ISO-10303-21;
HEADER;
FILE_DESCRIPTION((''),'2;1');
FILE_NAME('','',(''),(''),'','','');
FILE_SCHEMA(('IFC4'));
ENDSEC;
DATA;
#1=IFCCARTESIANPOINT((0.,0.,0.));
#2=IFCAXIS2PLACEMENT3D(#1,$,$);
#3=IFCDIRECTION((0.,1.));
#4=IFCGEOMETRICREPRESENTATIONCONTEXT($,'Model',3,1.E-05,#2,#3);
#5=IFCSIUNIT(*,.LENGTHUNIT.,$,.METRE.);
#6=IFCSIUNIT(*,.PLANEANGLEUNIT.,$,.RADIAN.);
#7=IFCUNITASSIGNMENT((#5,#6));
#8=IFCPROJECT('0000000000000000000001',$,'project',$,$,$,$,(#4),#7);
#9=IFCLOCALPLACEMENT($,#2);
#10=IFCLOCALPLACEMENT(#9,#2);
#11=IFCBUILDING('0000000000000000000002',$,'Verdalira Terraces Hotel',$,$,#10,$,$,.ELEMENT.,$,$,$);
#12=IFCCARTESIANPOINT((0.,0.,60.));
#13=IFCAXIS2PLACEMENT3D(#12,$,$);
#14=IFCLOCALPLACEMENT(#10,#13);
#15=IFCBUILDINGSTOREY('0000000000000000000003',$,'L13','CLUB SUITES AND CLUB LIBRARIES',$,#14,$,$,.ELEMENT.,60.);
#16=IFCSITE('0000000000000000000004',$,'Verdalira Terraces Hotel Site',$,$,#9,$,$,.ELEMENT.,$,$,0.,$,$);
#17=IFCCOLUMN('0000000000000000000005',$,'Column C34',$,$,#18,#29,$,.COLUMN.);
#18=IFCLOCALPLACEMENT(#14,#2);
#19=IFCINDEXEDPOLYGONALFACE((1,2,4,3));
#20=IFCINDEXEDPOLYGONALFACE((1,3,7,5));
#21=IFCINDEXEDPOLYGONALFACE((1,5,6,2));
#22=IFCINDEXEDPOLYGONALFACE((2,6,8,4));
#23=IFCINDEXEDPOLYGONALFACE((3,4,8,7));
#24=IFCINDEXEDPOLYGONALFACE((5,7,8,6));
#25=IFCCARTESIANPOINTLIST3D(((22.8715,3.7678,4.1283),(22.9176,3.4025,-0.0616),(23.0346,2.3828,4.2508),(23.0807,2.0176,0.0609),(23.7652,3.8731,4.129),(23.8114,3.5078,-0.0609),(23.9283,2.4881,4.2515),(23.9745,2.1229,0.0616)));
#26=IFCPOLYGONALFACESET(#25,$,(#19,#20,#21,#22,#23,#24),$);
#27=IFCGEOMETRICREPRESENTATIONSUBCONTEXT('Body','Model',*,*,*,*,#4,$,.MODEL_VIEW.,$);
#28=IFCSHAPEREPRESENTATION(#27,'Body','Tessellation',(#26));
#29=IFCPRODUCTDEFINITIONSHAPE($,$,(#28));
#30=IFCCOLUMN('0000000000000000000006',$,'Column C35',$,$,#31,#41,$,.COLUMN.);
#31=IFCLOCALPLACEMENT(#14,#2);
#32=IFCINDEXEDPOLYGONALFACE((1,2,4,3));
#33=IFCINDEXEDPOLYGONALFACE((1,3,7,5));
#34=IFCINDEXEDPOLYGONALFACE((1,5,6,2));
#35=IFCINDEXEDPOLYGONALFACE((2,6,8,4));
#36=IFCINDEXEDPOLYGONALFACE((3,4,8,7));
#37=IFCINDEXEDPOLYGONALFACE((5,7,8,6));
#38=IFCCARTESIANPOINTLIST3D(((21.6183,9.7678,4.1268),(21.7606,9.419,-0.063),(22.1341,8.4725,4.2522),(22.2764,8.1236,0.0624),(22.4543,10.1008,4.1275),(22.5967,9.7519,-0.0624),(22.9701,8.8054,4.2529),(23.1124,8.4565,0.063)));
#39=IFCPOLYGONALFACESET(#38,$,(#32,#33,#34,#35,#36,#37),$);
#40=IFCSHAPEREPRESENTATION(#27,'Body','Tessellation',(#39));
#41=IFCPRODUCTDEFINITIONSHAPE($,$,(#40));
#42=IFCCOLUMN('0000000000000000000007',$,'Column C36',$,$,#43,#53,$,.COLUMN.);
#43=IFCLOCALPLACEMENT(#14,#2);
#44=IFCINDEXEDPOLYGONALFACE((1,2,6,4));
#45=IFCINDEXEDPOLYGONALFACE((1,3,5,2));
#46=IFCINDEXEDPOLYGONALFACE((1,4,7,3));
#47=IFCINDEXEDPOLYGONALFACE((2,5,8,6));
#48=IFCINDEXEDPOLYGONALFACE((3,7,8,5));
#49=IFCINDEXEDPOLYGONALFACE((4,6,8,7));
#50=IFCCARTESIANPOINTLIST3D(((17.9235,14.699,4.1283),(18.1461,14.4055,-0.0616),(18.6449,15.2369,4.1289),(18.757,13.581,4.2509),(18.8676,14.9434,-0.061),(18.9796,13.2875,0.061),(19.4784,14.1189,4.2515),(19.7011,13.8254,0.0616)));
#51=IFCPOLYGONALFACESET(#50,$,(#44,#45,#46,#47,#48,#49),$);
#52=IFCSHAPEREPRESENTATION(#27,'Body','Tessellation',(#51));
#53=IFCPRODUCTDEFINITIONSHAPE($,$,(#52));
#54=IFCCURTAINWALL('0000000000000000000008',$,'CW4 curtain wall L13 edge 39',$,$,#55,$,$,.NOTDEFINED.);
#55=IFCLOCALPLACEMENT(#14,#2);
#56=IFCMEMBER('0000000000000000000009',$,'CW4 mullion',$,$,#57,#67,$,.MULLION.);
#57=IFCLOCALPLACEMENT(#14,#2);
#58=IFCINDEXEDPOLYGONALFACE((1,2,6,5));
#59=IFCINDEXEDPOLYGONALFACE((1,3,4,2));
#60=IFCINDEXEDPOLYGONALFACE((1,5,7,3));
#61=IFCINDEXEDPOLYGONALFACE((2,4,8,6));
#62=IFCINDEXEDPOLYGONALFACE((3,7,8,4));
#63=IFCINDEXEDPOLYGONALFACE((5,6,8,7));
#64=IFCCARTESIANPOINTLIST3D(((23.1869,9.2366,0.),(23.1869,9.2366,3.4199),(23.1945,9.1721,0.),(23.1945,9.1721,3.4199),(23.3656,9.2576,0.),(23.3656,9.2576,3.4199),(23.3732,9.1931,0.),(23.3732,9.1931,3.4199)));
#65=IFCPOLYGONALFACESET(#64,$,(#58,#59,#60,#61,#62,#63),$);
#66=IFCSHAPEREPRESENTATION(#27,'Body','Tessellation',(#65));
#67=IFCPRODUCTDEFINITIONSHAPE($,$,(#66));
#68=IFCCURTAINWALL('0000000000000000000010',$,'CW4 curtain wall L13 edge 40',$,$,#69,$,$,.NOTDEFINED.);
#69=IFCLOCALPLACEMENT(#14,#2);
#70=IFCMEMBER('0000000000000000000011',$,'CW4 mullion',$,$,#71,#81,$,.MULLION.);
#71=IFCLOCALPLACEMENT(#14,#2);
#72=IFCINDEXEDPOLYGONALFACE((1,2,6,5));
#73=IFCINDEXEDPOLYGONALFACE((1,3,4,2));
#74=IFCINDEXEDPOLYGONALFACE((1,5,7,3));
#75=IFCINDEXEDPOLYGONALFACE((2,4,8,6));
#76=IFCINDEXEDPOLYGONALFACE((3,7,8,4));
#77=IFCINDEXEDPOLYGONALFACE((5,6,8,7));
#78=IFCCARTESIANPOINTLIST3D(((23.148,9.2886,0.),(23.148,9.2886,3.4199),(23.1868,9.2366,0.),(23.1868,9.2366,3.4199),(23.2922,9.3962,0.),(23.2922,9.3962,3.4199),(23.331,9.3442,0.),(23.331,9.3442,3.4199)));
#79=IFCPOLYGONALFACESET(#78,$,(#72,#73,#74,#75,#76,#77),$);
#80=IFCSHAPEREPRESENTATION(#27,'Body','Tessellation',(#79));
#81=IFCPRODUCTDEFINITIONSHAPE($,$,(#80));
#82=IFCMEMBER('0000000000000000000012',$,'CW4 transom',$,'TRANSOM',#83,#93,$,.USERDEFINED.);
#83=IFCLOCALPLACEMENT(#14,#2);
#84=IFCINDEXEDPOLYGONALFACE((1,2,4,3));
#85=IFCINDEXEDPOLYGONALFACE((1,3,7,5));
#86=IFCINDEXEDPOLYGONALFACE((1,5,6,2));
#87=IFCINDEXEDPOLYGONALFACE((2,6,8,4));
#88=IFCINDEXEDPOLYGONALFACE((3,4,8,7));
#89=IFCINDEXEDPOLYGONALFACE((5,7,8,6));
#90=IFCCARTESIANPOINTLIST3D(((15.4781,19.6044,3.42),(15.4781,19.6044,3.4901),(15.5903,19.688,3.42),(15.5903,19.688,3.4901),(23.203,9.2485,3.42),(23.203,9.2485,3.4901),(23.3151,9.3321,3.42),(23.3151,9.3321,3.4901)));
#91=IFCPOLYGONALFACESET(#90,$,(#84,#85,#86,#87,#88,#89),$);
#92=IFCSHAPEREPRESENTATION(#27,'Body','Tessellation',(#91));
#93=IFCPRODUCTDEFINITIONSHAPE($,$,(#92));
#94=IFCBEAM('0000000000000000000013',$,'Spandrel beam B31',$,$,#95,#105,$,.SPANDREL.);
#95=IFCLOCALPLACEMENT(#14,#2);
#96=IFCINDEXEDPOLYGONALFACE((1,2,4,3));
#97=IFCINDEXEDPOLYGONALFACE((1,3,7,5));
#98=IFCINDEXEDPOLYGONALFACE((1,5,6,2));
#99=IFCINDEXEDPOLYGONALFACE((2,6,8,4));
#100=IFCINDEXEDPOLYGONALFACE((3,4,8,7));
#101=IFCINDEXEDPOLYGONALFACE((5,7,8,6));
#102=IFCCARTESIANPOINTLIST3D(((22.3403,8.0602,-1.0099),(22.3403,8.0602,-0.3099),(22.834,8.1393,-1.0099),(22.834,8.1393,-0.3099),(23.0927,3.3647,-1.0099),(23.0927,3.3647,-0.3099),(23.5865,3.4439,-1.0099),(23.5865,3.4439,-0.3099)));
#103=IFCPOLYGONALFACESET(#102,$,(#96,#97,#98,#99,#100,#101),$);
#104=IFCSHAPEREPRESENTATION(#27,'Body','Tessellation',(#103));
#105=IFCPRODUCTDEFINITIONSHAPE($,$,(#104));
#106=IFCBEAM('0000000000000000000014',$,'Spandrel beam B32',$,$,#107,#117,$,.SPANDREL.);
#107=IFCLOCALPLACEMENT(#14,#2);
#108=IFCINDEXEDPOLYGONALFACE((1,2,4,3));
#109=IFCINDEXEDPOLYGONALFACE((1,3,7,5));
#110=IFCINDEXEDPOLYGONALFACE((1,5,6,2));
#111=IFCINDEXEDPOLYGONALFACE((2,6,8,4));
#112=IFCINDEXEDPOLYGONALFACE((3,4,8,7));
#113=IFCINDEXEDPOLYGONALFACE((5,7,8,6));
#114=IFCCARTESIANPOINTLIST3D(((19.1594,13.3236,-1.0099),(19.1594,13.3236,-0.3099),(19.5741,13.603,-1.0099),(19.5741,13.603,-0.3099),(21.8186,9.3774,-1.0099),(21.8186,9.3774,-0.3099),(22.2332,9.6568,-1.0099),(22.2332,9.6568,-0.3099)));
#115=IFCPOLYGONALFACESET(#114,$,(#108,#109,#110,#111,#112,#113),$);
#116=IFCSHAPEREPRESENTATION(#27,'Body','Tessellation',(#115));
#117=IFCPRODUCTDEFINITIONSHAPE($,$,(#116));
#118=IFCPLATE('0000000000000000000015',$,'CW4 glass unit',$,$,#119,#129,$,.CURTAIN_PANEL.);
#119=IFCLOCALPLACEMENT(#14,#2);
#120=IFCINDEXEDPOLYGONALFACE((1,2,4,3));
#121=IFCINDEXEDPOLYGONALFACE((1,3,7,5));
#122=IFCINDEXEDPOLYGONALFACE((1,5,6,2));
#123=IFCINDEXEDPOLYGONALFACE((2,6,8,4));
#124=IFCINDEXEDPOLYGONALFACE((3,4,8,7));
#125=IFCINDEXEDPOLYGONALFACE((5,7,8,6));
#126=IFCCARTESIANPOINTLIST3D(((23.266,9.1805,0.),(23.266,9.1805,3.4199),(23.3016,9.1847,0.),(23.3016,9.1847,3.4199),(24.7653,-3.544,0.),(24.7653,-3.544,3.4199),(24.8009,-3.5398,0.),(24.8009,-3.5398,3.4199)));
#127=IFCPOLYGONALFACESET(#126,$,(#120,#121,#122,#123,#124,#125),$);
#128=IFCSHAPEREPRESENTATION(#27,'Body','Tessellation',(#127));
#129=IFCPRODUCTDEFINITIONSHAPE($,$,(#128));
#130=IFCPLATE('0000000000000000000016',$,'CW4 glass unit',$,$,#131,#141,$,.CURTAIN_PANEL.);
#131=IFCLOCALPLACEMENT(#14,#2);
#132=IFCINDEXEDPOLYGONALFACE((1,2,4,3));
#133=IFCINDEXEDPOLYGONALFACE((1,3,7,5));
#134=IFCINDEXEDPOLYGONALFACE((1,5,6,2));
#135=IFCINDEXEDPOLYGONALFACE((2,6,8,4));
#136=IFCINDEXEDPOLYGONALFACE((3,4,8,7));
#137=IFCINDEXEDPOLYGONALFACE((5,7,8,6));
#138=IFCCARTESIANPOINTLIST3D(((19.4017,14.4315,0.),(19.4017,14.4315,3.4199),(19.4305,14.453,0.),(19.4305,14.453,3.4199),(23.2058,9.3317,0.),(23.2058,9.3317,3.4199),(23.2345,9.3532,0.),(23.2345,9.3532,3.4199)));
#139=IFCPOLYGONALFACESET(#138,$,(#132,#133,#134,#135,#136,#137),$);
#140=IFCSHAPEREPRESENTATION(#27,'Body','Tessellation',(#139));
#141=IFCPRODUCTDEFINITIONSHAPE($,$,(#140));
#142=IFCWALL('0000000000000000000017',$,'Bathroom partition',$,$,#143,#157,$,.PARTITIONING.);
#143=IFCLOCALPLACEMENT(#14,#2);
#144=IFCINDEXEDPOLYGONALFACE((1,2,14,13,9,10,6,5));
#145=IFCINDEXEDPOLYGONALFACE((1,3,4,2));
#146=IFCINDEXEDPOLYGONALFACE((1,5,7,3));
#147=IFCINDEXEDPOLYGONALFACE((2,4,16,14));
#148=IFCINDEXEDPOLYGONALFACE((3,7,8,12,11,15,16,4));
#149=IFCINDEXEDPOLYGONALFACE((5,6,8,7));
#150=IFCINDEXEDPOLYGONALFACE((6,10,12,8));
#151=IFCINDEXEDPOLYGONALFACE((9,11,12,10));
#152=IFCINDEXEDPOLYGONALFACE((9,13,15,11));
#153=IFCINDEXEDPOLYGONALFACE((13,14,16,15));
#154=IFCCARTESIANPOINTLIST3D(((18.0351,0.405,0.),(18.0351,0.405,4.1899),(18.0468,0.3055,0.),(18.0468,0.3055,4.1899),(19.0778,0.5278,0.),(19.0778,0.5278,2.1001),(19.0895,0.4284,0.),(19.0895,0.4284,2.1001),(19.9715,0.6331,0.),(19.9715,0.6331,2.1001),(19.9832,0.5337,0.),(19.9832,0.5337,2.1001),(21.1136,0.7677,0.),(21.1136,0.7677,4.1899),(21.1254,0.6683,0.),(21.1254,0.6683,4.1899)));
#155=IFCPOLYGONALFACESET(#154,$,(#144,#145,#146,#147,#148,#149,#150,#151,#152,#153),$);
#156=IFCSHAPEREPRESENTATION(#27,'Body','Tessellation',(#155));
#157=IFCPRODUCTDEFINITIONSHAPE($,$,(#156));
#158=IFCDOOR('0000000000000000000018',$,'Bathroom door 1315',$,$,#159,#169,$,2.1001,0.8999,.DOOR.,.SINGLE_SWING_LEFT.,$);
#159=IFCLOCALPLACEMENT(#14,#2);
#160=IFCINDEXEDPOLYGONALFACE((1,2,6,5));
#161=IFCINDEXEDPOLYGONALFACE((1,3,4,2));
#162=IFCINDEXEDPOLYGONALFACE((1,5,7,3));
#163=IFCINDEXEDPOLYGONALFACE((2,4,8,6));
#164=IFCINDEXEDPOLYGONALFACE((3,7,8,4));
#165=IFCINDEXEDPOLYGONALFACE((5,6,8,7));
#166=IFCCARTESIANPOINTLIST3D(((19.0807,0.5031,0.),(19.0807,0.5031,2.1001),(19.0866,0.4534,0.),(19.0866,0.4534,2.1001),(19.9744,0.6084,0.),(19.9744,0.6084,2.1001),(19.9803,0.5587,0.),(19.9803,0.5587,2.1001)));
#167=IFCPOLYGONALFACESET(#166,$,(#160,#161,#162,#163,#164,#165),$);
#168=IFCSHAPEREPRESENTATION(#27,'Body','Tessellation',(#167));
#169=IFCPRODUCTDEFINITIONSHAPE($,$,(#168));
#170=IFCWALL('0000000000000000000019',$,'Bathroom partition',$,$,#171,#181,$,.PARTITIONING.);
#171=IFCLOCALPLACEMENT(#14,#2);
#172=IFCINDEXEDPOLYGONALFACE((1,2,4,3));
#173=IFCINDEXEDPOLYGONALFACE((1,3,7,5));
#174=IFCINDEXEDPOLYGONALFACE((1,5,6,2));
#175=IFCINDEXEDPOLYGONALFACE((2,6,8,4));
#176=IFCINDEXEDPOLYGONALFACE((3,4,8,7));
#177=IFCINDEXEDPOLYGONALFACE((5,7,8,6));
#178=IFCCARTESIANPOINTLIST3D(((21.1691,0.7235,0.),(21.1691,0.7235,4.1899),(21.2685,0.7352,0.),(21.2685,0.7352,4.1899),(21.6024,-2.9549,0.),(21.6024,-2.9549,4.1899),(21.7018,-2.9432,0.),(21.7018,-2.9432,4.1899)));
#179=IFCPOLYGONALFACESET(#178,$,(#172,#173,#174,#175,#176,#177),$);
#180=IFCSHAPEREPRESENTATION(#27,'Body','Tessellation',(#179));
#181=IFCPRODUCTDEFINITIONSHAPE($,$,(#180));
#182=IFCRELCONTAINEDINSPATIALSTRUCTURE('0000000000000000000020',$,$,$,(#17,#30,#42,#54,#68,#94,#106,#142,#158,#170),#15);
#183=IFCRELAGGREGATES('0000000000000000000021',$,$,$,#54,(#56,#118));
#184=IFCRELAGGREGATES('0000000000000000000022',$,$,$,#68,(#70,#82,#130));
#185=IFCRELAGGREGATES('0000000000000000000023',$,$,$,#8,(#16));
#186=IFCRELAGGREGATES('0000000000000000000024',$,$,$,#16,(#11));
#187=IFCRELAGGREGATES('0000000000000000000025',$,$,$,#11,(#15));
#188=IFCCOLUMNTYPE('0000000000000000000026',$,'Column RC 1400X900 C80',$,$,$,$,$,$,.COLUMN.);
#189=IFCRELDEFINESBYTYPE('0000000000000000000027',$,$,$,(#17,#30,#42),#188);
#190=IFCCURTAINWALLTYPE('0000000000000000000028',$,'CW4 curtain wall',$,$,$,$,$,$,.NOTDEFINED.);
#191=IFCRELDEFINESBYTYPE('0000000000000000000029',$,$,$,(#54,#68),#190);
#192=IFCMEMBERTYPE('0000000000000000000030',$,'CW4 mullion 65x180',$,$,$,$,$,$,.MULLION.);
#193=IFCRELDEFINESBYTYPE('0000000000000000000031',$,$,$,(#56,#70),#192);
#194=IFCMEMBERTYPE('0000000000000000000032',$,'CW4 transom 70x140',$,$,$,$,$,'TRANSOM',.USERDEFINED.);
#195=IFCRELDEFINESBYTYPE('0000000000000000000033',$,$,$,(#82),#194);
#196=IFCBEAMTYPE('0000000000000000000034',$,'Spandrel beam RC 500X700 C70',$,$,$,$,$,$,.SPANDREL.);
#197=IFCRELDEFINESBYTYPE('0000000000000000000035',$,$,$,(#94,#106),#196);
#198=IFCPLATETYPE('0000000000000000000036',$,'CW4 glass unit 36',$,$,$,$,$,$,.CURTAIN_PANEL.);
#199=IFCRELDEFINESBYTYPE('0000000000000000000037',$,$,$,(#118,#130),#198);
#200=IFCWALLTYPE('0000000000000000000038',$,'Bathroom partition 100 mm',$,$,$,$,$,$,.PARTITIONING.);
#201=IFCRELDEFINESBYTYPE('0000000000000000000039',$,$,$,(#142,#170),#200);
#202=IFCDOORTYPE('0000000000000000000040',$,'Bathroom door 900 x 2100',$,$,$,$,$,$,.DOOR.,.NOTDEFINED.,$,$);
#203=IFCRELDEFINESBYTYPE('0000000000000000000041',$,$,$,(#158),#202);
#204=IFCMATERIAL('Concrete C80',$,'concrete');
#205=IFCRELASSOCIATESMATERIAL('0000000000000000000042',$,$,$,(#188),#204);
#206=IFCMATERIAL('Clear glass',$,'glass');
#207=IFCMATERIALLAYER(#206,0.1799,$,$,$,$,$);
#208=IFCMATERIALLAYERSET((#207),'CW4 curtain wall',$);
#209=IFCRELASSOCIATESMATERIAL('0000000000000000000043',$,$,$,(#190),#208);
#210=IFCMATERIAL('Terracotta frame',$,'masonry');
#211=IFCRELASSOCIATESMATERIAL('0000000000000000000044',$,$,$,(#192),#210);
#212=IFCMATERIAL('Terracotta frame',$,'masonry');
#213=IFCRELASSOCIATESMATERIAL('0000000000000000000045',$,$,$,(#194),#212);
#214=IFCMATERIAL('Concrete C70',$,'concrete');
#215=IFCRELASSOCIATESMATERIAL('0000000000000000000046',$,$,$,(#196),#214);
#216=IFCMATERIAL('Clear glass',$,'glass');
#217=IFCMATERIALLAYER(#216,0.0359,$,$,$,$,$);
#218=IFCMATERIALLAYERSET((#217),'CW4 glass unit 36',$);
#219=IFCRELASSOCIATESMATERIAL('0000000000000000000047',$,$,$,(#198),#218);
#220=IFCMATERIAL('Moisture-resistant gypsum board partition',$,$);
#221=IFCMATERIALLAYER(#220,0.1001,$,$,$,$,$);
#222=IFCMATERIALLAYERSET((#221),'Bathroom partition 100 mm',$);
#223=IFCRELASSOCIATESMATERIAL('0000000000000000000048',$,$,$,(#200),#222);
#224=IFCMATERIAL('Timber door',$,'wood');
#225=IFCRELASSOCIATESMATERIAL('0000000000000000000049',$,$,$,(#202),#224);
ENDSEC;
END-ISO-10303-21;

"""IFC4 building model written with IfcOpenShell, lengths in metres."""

from ifc_helpers import new_model, si_unit, direction, frame, frame_2d, origin, origin_2d, place, context, subcontext, project, spatial, rectangle, extrude, material, layer, layer_set, material_profile, profile_set, type_object, element, fill, aggregate, save


model = new_model("IFC4")

# Units and contexts
model_context = context("Model", 3, precision=1e-05, world=origin(), true_north=direction((0.0, 1.0)))
body_context = subcontext(model_context, "Body", "Model", "MODEL_VIEW")
ifc_project = project(units=[si_unit("LENGTHUNIT", "METRE"), si_unit("PLANEANGLEUNIT", "RADIAN")], contexts=[model_context])

# Site, building, storey
site_placement = place(None, origin())
site = spatial("IfcSite", under=ifc_project, at=site_placement, Name="Verdalira Terraces Hotel Site", CompositionType="ELEMENT", RefElevation=0.0)
building_placement = place(site_placement, origin())
building = spatial("IfcBuilding", under=site, at=building_placement, Name="Verdalira Terraces Hotel", CompositionType="ELEMENT")
storey_placement = place(building_placement, frame((0.0, 0.0, 60.0)))
storey = spatial("IfcBuildingStorey", under=building, at=storey_placement, Name="L13", Description="CLUB SUITES AND CLUB LIBRARIES", CompositionType="ELEMENT", Elevation=60.0)

# Columns
ifc_material_1 = material(Name="Concrete C80", Category="concrete")
ifc_material_profile_1 = material_profile(ifc_material_1, rectangle(XDim=1.3999, YDim=0.8999, at=origin_2d()), Name="RC 1400X900")
ifc_profile_set_1 = profile_set([ifc_material_profile_1], Name="Concrete C80")
column_type = type_object("IfcColumnType", Name="Column RC 1400X900 C80", PredefinedType="COLUMN", material=ifc_profile_set_1)
column_1_placement = place(storey_placement, frame((23.446, 2.7627, 0.0), z_axis=(-0.01097, 0.086835, 0.996162), x_axis=(-0.116511, 0.989326, -0.087522)))
element("IfcColumn", 1, at=column_1_placement, inside=storey, type_object=column_type, Name="Column C34", PredefinedType="COLUMN", context=body_context, shape_type="SweptSolid", body=[
    extrude(rectangle(XDim=1.3999, YDim=0.8999, at=origin_2d()), origin(), (0.0, 0.0, 1.0), 4.2061),
])
column_2_placement = place(storey_placement, frame((22.4365, 8.9377, 0.0), z_axis=(-0.033834, 0.082931, 0.995981), x_axis=(0.368431, -0.925331, 0.089564)))
element("IfcColumn", 2, at=column_2_placement, inside=storey, type_object=column_type, Name="Column C35", PredefinedType="COLUMN", context=body_context, shape_type="SweptSolid", body=[
    extrude(rectangle(XDim=1.3999, YDim=0.8999, at=origin_2d()), origin(), (0.0, 0.0, 1.0), 4.2068),
])
column_3_placement = place(storey_placement, frame((18.9236, 14.1155, 0.0), z_axis=(-0.052936, 0.069769, 0.996158), x_axis=(-0.5954, 0.798642, -0.087576)))
element("IfcColumn", 3, at=column_3_placement, inside=storey, type_object=column_type, Name="Column C36", PredefinedType="COLUMN", context=body_context, shape_type="SweptSolid", body=[
    extrude(rectangle(XDim=1.3999, YDim=0.8999, at=origin_2d()), origin(), (0.0, 0.0, 1.0), 4.2061),
])

# Curtain wall, member
ifc_material_2 = material(Name="Clear glass", Category="glass")
ifc_layer_1 = layer(ifc_material_2, 0.1799)
ifc_layer_set_1 = layer_set([ifc_layer_1], Name="CW4 curtain wall")
curtain_wall_type = type_object("IfcCurtainWallType", Name="CW4 curtain wall", PredefinedType="NOTDEFINED", material=ifc_layer_set_1)
curtain_wall_1_placement = place(storey_placement, origin())
curtain_wall_1 = element("IfcCurtainWall", 4, at=curtain_wall_1_placement, inside=storey, type_object=curtain_wall_type, Name="CW4 curtain wall L13 edge 39", PredefinedType="NOTDEFINED")
ifc_material_3 = material(Name="Terracotta frame", Category="masonry")
ifc_material_profile_2 = material_profile(ifc_material_3, rectangle(XDim=0.0649, YDim=0.1799, at=origin_2d()), Name="MU 65x180")
ifc_profile_set_2 = profile_set([ifc_material_profile_2], Name="Terracotta frame")
member_type_1 = type_object("IfcMemberType", Name="CW4 mullion 65x180", PredefinedType="MULLION", material=ifc_profile_set_2)
member_1_placement = place(storey_placement, frame((23.28, 9.2148, 0.0), z_axis=(0.0, 0.0, 1.0), x_axis=(-0.117017, 0.99313, 0.0)))
member_1 = element("IfcMember", 5, at=member_1_placement, type_object=member_type_1, Name="CW4 mullion", PredefinedType="MULLION", context=body_context, shape_type="SweptSolid", body=[
    extrude(rectangle(XDim=0.0649, YDim=0.1799, at=origin_2d()), origin(), (0.0, 0.0, 1.0), 3.4199),
])

# Curtain wall, members
curtain_wall_2_placement = place(storey_placement, origin())
curtain_wall_2 = element("IfcCurtainWall", 6, at=curtain_wall_2_placement, inside=storey, type_object=curtain_wall_type, Name="CW4 curtain wall L13 edge 40", PredefinedType="NOTDEFINED")
member_2_placement = place(storey_placement, frame((23.2395, 9.3164, 0.0), z_axis=(0.0, 0.0, 1.0), x_axis=(-0.597905, 0.801567, 0.0)))
member_2 = element("IfcMember", 7, at=member_2_placement, type_object=member_type_1, Name="CW4 mullion", PredefinedType="MULLION", context=body_context, shape_type="SweptSolid", body=[
    extrude(rectangle(XDim=0.0649, YDim=0.1799, at=origin_2d()), origin(), (0.0, 0.0, 1.0), 3.4199),
])
ifc_material_4 = material(Name="Terracotta frame", Category="masonry")
ifc_material_profile_3 = material_profile(ifc_material_4, rectangle(XDim=0.1399, YDim=0.0701, at=origin_2d()), Name="TR 70x140")
ifc_profile_set_3 = profile_set([ifc_material_profile_3], Name="Terracotta frame")
member_type_2 = type_object("IfcMemberType", Name="CW4 transom 70x140", ElementType="TRANSOM", PredefinedType="USERDEFINED", material=ifc_profile_set_3)
member_3_placement = place(storey_placement, frame((23.259, 9.2903, 3.4551), z_axis=(-0.597912, 0.801562, 0.0), x_axis=(-0.801562, -0.597912, 0.0)))
member_3 = element("IfcMember", 8, at=member_3_placement, type_object=member_type_2, Name="CW4 transom", ObjectType="TRANSOM", PredefinedType="USERDEFINED", context=body_context, shape_type="SweptSolid", body=[
    extrude(rectangle(XDim=0.1399, YDim=0.0701, at=origin_2d()), origin(), (0.0, 0.0, 1.0), 12.9197),
])

# Beams
ifc_material_5 = material(Name="Concrete C70", Category="concrete")
ifc_material_profile_4 = material_profile(ifc_material_5, rectangle(XDim=0.5, YDim=0.7, at=origin_2d()), Name="RC 500X700")
ifc_profile_set_4 = profile_set([ifc_material_profile_4], Name="Concrete C70")
beam_type = type_object("IfcBeamType", Name="Spandrel beam RC 500X700 C70", PredefinedType="SPANDREL", material=ifc_profile_set_4)
beam_1_placement = place(storey_placement, frame((23.3396, 3.4043, -0.6599), z_axis=(-0.158227, 0.987403, 0.0), x_axis=(-0.987403, -0.158227, 0.0)))
element("IfcBeam", 9, at=beam_1_placement, inside=storey, type_object=beam_type, Name="Spandrel beam B31", PredefinedType="SPANDREL", context=body_context, shape_type="SweptSolid", body=[
    extrude(rectangle(XDim=0.5, YDim=0.7, at=origin_2d()), origin(), (0.0, 0.0, 1.0), 4.7554),
])
beam_2_placement = place(storey_placement, frame((22.0259, 9.5171, -0.6599), z_axis=(-0.558814, 0.829293, 0.0), x_axis=(-0.829293, -0.558814, 0.0)))
element("IfcBeam", 10, at=beam_2_placement, inside=storey, type_object=beam_type, Name="Spandrel beam B32", PredefinedType="SPANDREL", context=body_context, shape_type="SweptSolid", body=[
    extrude(rectangle(XDim=0.5, YDim=0.7, at=origin_2d()), origin(), (0.0, 0.0, 1.0), 4.7585),
])

# Plates
ifc_material_6 = material(Name="Clear glass", Category="glass")
ifc_layer_2 = layer(ifc_material_6, 0.0359)
ifc_layer_set_2 = layer_set([ifc_layer_2], Name="CW4 glass unit 36")
plate_type = type_object("IfcPlateType", Name="CW4 glass unit 36", PredefinedType="CURTAIN_PANEL", material=ifc_layer_set_2)
plate_1_placement = place(storey_placement, frame((24.0334, 2.8203, 0.0), z_axis=(0.0, 0.0, 1.0), x_axis=(-0.117017, 0.99313, 0.0)))
plate_1 = element("IfcPlate", 11, at=plate_1_placement, type_object=plate_type, Name="CW4 glass unit", PredefinedType="CURTAIN_PANEL", context=body_context, shape_type="SweptSolid", body=[
    extrude(rectangle(XDim=12.8125, YDim=0.0359, at=origin_2d()), origin(), (0.0, 0.0, 1.0), 3.4199),
])
aggregate(curtain_wall_1, [member_1, plate_1])
plate_2_placement = place(storey_placement, frame((21.3181, 11.8923, 0.0), z_axis=(0.0, 0.0, 1.0), x_axis=(-0.597905, 0.801567, 0.0)))
plate_2 = element("IfcPlate", 12, at=plate_2_placement, type_object=plate_type, Name="CW4 glass unit", PredefinedType="CURTAIN_PANEL", context=body_context, shape_type="SweptSolid", body=[
    extrude(rectangle(XDim=6.3623, YDim=0.0359, at=origin_2d()), origin(), (0.0, 0.0, 1.0), 3.4199),
])
aggregate(curtain_wall_2, [member_2, member_3, plate_2])

# Wall, opening, door
ifc_material_7 = material(Name="Moisture-resistant gypsum board partition")
ifc_layer_3 = layer(ifc_material_7, 0.1001)
ifc_layer_set_3 = layer_set([ifc_layer_3], Name="Bathroom partition 100 mm")
wall_type_1 = type_object("IfcWallType", Name="Bathroom partition 100 mm", PredefinedType="PARTITIONING", material=ifc_layer_set_3)
wall_1_placement = place(storey_placement, frame((21.1194, 0.718, 0.0), z_axis=(0.0, 0.0, 1.0), x_axis=(-0.993128, -0.117033, 0.0)))
wall_1 = element("IfcWall", 13, at=wall_1_placement, inside=storey, type_object=wall_type_1, Name="Bathroom partition", PredefinedType="PARTITIONING", context=body_context, shape_type="SweptSolid", body=[
    extrude(rectangle(XDim=3.0999, YDim=0.1001, at=frame_2d((1.5498, 0.0))), origin(), (0.0, 0.0, 1.0), 4.1899),
])
opening_1_placement = place(wall_1_placement, frame((1.1499, 0.0, 0.0)))
opening_1 = element("IfcOpeningElement", 14, at=opening_1_placement, cuts=wall_1, PredefinedType="OPENING", context=body_context, shape_type="SweptSolid", body=[
    extrude(rectangle(XDim=0.8999, YDim=2.1001, at=frame_2d((0.45, 1.05))), frame((0.0, 0.0601, 0.0), z_axis=(0.0, -1.0, 0.0), x_axis=(1.0, 0.0, 0.0)), (0.0, 0.0, 1.0), 0.1201),
])
ifc_material_8 = material(Name="Timber door", Category="wood")
door_type_1 = type_object("IfcDoorType", Name="Bathroom door 900 x 2100", OperationType="NOTDEFINED", PredefinedType="DOOR", material=ifc_material_8)
door_1_placement = place(opening_1_placement, origin())
door_1 = element("IfcDoor", 15, at=door_1_placement, inside=storey, type_object=door_type_1, Name="Bathroom door 1315", OperationType="SINGLE_SWING_LEFT", OverallHeight=2.1001, OverallWidth=0.8999, PredefinedType="DOOR", context=body_context, shape_type="SweptSolid", body=[
    extrude(rectangle(XDim=0.8999, YDim=2.1001, at=frame_2d((0.45, 1.05))), frame((0.0, 0.0249, 0.0), z_axis=(0.0, -1.0, 0.0), x_axis=(1.0, 0.0, 0.0)), (0.0, 0.0, 1.0), 0.05),
])
fill(opening_1, door_1)

# Wall
wall_2_placement = place(storey_placement, frame((21.2188, 0.7295, 0.0), z_axis=(0.0, 0.0, 1.0), x_axis=(0.116998, -0.993132, 0.0)))
element("IfcWall", 16, at=wall_2_placement, inside=storey, type_object=wall_type_1, Name="Bathroom partition", PredefinedType="PARTITIONING", context=body_context, shape_type="SweptSolid", body=[
    extrude(rectangle(XDim=3.7039, YDim=0.1001, at=frame_2d((1.8521, 0.0))), origin(), (0.0, 0.0, 1.0), 4.1899),
])

save(model, "model.ifc")
